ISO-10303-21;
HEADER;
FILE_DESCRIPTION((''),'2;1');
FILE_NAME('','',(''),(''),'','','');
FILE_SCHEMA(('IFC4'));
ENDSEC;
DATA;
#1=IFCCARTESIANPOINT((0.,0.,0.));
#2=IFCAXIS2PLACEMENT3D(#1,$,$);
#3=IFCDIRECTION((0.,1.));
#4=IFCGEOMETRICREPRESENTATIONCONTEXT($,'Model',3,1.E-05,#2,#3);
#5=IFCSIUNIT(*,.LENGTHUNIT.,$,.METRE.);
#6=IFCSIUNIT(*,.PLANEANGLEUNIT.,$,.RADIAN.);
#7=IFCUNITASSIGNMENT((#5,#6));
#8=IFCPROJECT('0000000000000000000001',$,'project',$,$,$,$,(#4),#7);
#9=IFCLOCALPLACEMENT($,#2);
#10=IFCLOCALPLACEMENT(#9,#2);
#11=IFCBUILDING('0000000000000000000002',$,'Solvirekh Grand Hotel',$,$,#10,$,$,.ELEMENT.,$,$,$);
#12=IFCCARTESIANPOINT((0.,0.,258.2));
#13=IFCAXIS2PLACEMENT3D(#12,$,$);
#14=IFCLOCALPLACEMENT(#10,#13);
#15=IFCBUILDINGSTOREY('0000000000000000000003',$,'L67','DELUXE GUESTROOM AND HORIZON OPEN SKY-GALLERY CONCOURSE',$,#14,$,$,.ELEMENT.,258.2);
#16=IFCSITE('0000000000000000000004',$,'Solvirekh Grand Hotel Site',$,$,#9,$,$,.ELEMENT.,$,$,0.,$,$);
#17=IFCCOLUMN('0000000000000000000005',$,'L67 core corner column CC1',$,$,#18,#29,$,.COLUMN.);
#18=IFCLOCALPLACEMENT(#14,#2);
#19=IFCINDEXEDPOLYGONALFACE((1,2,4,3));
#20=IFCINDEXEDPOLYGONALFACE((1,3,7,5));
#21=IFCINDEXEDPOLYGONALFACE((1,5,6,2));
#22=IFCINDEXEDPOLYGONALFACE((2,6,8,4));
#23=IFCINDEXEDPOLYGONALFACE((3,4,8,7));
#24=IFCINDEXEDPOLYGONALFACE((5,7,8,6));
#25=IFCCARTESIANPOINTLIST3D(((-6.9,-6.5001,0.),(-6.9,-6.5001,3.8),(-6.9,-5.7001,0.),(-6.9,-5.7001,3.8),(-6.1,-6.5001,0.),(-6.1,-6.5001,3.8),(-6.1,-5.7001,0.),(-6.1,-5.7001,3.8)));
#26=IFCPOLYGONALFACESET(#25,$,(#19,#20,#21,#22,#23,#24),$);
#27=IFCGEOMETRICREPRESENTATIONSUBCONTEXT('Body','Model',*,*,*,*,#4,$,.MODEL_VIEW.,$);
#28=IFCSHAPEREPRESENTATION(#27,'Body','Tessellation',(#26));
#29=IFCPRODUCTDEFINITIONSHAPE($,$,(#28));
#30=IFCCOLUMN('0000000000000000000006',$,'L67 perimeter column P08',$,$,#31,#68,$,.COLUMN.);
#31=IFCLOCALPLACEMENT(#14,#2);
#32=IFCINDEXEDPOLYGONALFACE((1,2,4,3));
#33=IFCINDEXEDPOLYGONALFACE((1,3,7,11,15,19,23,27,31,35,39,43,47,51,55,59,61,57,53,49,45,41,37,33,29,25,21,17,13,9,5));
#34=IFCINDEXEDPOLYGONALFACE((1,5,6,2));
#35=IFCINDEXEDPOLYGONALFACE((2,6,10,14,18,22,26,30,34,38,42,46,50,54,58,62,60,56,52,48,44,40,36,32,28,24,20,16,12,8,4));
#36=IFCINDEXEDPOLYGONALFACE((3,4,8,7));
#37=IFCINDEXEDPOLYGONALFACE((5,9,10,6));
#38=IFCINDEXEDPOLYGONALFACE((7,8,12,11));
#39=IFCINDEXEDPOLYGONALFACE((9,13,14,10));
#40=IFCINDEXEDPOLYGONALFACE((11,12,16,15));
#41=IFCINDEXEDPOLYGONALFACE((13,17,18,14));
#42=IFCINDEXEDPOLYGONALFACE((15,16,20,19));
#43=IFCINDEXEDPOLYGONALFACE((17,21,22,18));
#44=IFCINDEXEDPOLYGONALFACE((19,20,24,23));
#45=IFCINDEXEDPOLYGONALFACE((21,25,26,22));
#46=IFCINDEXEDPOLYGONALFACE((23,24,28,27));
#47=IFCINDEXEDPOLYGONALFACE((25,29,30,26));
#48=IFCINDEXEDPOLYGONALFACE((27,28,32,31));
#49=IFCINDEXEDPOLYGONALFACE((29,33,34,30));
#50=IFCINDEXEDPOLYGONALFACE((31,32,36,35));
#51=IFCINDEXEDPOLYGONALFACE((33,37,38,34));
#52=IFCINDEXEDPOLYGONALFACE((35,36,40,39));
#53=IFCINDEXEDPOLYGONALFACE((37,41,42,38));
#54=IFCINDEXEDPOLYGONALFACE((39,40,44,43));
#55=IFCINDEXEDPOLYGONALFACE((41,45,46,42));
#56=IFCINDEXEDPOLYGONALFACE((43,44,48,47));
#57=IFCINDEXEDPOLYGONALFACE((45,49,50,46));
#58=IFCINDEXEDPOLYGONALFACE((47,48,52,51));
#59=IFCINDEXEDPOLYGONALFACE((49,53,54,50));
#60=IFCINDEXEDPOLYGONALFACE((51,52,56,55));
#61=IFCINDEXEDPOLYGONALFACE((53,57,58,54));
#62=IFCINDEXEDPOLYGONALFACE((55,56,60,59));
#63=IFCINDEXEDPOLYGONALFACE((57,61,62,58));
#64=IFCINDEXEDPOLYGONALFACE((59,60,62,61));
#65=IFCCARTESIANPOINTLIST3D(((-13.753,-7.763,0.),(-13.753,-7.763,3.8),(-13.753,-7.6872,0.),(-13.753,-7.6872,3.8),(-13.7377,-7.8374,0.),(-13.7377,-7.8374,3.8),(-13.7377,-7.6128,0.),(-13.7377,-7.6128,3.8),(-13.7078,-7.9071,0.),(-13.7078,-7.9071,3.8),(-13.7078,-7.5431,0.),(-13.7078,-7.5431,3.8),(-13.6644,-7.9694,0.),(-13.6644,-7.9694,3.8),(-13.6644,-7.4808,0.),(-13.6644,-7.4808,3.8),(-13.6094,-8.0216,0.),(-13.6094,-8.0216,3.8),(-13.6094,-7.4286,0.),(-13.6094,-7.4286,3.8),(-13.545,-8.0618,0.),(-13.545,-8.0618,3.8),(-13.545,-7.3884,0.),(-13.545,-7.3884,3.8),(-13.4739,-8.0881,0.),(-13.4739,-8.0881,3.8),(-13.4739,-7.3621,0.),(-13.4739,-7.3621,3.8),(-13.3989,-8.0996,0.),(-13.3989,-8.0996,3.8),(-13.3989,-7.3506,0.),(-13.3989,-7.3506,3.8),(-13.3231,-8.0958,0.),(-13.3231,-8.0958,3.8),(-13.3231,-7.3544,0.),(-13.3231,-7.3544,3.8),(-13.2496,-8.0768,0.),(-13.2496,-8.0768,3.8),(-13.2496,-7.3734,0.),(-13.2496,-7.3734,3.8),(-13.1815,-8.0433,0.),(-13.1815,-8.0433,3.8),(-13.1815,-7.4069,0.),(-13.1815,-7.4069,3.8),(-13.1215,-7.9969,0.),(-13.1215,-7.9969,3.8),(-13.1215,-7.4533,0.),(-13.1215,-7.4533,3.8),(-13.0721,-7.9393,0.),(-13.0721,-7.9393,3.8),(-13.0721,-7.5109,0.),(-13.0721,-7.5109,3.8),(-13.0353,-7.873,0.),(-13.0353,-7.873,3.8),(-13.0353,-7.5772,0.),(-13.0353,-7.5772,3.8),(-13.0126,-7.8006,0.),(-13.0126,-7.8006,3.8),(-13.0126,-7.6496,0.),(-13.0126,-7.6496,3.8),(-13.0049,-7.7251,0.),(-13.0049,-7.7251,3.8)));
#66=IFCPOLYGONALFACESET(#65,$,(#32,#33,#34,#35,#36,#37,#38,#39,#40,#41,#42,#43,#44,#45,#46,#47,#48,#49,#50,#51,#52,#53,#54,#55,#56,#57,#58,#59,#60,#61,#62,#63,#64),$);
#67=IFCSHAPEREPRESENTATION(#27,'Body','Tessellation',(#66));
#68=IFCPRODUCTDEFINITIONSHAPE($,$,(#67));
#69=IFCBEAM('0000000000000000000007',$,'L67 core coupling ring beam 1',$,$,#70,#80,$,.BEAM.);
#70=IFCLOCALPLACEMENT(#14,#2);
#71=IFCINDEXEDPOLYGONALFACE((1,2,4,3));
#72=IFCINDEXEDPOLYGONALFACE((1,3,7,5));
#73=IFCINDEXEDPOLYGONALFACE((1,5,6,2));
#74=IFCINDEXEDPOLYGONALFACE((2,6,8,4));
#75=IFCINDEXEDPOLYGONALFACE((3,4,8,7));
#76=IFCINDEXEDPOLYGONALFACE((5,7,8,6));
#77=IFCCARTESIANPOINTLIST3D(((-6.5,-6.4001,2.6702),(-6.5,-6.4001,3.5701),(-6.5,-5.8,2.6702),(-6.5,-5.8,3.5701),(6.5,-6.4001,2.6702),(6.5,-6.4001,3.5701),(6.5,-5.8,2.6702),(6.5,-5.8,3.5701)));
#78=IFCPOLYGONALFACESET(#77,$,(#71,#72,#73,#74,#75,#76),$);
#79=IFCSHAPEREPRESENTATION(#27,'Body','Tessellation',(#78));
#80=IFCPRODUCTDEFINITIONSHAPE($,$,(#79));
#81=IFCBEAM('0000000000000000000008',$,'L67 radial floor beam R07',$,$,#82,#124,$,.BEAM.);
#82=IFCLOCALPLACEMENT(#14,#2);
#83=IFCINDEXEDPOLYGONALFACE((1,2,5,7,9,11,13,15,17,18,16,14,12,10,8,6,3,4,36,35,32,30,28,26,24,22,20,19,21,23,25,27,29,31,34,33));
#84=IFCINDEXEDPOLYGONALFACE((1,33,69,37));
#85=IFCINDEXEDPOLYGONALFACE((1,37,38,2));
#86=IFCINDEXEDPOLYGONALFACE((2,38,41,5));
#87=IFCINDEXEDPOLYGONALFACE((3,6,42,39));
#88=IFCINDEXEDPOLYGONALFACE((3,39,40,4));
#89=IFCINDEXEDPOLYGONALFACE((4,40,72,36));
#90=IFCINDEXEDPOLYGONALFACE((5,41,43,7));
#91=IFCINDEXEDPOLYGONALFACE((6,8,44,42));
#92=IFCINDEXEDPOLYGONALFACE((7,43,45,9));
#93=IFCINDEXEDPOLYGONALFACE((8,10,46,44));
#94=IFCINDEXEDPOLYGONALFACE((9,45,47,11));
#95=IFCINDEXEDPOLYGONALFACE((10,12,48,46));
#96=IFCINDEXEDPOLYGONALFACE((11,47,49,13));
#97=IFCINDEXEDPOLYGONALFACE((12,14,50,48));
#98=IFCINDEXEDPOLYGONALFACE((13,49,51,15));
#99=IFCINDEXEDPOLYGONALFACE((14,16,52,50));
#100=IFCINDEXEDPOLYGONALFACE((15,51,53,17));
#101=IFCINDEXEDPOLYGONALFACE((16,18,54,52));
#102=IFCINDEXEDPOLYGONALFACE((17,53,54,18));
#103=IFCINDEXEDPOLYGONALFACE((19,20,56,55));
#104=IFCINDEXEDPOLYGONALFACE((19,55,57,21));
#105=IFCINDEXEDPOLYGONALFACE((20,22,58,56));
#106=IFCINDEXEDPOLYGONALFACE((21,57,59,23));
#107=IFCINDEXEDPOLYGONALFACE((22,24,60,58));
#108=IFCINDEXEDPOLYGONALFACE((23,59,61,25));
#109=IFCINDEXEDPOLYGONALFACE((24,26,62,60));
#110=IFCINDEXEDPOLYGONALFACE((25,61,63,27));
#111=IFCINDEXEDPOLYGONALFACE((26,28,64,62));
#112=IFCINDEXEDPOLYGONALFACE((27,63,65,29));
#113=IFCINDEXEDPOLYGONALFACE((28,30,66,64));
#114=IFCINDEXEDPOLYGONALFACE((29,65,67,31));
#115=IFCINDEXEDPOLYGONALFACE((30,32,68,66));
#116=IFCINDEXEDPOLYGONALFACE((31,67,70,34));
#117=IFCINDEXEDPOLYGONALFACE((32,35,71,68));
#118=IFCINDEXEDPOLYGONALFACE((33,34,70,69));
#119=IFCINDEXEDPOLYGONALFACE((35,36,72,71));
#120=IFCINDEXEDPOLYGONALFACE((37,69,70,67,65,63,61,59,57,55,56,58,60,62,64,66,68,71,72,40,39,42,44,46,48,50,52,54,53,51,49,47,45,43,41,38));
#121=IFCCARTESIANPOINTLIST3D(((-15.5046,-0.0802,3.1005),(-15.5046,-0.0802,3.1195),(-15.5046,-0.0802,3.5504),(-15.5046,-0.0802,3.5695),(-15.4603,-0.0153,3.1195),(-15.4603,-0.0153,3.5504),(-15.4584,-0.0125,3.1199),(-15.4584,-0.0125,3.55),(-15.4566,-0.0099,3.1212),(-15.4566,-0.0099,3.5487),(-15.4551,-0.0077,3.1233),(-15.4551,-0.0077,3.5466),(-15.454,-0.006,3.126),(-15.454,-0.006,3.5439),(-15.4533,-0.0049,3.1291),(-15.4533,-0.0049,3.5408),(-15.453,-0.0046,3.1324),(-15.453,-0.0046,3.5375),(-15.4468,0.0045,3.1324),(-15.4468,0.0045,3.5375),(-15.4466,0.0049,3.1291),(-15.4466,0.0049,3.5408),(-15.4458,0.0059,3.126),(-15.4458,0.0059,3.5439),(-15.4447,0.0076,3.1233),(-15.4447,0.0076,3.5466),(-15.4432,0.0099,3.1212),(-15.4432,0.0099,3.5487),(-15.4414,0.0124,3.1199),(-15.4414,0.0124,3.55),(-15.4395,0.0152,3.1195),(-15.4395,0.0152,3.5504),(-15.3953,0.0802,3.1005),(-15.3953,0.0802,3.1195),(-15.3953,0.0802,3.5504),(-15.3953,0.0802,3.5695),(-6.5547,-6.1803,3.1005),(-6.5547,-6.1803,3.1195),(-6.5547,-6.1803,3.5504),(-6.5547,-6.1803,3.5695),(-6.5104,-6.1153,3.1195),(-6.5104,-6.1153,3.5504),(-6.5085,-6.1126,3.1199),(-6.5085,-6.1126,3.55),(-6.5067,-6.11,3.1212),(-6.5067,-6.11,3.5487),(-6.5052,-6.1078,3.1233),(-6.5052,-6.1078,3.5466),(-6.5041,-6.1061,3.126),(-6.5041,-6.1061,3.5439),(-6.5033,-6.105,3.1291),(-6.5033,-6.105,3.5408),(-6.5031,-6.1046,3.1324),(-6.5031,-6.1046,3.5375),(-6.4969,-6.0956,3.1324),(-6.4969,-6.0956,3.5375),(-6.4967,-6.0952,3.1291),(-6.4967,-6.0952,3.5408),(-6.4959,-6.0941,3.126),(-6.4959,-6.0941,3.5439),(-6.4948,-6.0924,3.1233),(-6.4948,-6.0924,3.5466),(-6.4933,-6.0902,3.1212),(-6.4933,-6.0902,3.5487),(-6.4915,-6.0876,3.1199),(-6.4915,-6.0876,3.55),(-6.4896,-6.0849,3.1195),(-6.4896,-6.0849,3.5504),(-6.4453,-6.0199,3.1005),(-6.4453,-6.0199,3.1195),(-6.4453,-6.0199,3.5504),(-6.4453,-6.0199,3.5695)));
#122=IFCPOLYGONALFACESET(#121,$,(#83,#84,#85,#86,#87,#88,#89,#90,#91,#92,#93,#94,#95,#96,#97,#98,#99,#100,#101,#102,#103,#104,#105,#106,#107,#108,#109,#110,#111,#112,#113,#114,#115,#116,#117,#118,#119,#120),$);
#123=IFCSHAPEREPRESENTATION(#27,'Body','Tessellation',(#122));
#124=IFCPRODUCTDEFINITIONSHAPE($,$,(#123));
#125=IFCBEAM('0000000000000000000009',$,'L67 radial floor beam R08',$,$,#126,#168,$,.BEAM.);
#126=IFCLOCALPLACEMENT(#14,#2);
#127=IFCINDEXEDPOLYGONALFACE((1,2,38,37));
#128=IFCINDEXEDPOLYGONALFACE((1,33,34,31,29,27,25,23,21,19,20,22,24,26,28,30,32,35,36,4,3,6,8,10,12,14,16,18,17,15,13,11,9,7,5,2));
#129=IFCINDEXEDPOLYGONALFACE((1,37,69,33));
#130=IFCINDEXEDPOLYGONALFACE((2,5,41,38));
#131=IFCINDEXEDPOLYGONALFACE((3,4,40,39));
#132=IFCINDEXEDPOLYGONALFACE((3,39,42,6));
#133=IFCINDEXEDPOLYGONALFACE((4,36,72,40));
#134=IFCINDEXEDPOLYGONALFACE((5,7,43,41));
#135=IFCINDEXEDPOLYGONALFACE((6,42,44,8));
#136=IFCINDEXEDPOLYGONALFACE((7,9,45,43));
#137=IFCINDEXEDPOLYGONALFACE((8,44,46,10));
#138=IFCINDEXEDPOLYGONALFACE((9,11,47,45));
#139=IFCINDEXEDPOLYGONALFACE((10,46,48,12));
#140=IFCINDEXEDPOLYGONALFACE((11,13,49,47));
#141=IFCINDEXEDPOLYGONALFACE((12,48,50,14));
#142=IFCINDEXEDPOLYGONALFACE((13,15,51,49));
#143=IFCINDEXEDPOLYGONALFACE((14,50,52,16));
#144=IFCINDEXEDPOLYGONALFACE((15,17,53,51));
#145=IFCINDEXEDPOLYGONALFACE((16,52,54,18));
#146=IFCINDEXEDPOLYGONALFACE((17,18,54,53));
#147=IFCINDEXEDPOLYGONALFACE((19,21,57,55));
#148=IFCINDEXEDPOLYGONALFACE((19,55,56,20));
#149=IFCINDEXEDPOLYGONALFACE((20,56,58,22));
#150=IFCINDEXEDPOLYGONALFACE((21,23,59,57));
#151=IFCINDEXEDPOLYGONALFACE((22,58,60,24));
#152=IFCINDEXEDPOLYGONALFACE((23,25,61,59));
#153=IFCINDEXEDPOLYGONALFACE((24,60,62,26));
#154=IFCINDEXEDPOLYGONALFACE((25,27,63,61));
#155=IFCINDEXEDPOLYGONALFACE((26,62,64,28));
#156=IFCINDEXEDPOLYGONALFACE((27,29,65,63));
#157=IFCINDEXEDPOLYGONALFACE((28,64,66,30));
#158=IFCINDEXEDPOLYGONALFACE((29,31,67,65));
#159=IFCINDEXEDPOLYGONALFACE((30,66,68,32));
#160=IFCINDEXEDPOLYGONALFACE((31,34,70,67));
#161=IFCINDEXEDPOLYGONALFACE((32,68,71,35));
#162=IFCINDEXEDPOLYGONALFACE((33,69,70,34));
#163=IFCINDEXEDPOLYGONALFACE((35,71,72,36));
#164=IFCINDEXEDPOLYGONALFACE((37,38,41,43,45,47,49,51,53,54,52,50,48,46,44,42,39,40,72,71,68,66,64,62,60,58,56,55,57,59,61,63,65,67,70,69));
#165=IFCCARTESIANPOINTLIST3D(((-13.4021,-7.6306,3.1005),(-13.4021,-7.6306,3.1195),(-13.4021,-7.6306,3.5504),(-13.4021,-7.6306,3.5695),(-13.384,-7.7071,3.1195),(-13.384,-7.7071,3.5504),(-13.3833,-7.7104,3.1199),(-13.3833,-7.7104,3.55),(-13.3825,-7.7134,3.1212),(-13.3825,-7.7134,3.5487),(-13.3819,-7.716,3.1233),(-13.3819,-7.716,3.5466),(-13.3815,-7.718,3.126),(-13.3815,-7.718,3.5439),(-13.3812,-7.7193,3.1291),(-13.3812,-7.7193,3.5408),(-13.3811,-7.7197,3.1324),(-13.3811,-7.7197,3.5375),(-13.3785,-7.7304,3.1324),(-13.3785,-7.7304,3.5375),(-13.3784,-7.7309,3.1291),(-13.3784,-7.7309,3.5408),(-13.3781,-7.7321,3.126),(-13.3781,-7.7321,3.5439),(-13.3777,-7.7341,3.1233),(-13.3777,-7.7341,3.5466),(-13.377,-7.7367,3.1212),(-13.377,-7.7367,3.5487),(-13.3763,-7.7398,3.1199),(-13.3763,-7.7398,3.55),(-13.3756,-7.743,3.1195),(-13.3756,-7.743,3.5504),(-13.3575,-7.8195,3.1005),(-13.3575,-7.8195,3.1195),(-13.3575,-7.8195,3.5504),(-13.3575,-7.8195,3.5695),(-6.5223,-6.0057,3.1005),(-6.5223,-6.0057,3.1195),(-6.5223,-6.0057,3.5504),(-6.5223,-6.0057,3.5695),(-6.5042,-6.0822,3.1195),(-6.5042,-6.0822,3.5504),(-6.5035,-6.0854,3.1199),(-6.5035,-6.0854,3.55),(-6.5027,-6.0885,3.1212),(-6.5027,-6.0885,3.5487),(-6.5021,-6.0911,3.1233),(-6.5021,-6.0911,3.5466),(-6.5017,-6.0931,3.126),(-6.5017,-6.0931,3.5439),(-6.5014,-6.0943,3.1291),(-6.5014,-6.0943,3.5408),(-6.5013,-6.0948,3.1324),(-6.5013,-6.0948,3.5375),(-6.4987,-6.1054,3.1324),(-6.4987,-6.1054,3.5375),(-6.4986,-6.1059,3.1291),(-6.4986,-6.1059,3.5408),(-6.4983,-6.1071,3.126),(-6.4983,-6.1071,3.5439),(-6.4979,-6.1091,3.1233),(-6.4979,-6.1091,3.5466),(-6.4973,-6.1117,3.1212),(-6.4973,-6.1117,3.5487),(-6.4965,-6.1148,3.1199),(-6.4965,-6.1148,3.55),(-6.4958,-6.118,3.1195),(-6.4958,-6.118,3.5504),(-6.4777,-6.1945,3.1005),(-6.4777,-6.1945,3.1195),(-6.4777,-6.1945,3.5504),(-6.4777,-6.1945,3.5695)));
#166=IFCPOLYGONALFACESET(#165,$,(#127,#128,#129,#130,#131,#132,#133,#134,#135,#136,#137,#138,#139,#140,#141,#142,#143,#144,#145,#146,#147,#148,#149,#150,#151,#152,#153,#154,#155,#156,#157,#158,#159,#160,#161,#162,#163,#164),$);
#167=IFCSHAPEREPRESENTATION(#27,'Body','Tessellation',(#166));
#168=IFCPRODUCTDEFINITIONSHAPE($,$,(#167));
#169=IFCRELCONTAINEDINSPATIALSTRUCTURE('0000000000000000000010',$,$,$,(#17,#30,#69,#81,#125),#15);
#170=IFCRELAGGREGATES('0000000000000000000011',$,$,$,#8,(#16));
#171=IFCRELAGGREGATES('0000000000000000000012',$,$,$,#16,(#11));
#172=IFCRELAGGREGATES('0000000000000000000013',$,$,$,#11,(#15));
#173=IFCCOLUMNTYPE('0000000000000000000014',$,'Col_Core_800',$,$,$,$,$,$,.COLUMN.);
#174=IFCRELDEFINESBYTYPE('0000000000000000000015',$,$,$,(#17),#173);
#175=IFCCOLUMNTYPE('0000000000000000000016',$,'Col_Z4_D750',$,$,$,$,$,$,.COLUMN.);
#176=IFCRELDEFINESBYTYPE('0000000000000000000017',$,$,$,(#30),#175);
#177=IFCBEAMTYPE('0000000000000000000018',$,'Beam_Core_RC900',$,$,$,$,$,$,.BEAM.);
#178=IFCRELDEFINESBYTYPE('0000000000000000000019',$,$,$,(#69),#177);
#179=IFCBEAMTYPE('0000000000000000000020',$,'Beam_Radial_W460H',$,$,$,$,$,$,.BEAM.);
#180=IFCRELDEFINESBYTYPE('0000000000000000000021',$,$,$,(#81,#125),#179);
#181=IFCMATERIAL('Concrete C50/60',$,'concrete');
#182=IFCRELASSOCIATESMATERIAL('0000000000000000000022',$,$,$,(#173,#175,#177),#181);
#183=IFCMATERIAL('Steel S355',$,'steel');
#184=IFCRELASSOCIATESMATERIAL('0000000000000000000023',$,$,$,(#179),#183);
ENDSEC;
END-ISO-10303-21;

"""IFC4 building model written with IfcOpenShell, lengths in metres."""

from ifc_helpers import new_model, si_unit, direction, frame, origin, origin_2d, place, context, subcontext, project, spatial, rectangle, circle, i_section, extrude, material, material_profile, profile_set, type_object, element, save


model = new_model("IFC4")

# Units and contexts
model_context = context("Model", 3, precision=1e-05, world=origin(), true_north=direction((0.0, 1.0)))
body_context = subcontext(model_context, "Body", "Model", "MODEL_VIEW")
ifc_project = project(units=[si_unit("LENGTHUNIT", "METRE"), si_unit("PLANEANGLEUNIT", "RADIAN")], contexts=[model_context])

# Site, building, storey
site_placement = place(None, origin())
site = spatial("IfcSite", under=ifc_project, at=site_placement, Name="Solvirekh Grand Hotel Site", CompositionType="ELEMENT", RefElevation=0.0)
building_placement = place(site_placement, origin())
building = spatial("IfcBuilding", under=site, at=building_placement, Name="Solvirekh Grand Hotel", CompositionType="ELEMENT")
storey_placement = place(building_placement, frame((0.0, 0.0, 258.2)))
storey = spatial("IfcBuildingStorey", under=building, at=storey_placement, Name="L67", Description="DELUXE GUESTROOM AND HORIZON OPEN SKY-GALLERY CONCOURSE", CompositionType="ELEMENT", Elevation=258.2)

# Columns
ifc_material_1 = material(Name="Concrete C50/60", Category="concrete")
ifc_material_profile_1 = material_profile(ifc_material_1, rectangle(XDim=0.8, YDim=0.8, at=origin_2d()), Name="RC 800X800")
ifc_profile_set_1 = profile_set([ifc_material_profile_1], Name="Concrete C50/60")
column_type_1 = type_object("IfcColumnType", Name="Col_Core_800", PredefinedType="COLUMN", material=ifc_profile_set_1)
column_1_placement = place(storey_placement, frame((-6.5, -6.1001, 0.0), z_axis=(0.0, 0.0, 1.0), x_axis=(1.0, 0.0, 0.0)))
element("IfcColumn", 1, at=column_1_placement, inside=storey, type_object=column_type_1, Name="L67 core corner column CC1", PredefinedType="COLUMN", context=body_context, shape_type="SweptSolid", body=[
    extrude(rectangle(XDim=0.8, YDim=0.8, at=origin_2d()), origin(), (0.0, 0.0, 1.0), 3.8),
])
ifc_material_profile_2 = material_profile(ifc_material_1, circle(Radius=0.375, at=origin_2d()), Name="RC CIRC D750")
ifc_profile_set_2 = profile_set([ifc_material_profile_2], Name="Concrete C50/60")
column_type_2 = type_object("IfcColumnType", Name="Col_Z4_D750", PredefinedType="COLUMN", material=ifc_profile_set_2)
column_2_placement = place(storey_placement, frame((-13.3799, -7.7251, 0.0), z_axis=(0.0, 0.0, 1.0), x_axis=(1.0, 0.0, 0.0)))
element("IfcColumn", 2, at=column_2_placement, inside=storey, type_object=column_type_2, Name="L67 perimeter column P08", PredefinedType="COLUMN", context=body_context, shape_type="SweptSolid", body=[
    extrude(circle(Radius=0.375, at=origin_2d()), origin(), (0.0, 0.0, 1.0), 3.8),
])

# Beams
ifc_material_profile_3 = material_profile(ifc_material_1, rectangle(XDim=0.6001, YDim=0.8999, at=origin_2d()), Name="RC BEAM 600X900")
ifc_profile_set_3 = profile_set([ifc_material_profile_3], Name="Concrete C50/60")
beam_type_1 = type_object("IfcBeamType", Name="Beam_Core_RC900", PredefinedType="BEAM", material=ifc_profile_set_3)
beam_1_placement = place(storey_placement, frame((-6.5, -6.1001, 3.1201), z_axis=(1.0, 0.0, 0.0), x_axis=(0.0, 1.0, 0.0)))
element("IfcBeam", 3, at=beam_1_placement, inside=storey, type_object=beam_type_1, Name="L67 core coupling ring beam 1", PredefinedType="BEAM", context=body_context, shape_type="SweptSolid", body=[
    extrude(rectangle(XDim=0.6001, YDim=0.8999, at=origin_2d()), origin(), (0.0, 0.0, 1.0), 13.0),
])
ifc_material_2 = material(Name="Steel S355", Category="steel")
ifc_material_profile_4 = material_profile(ifc_material_2, i_section(OverallWidth=0.1941, OverallDepth=0.469, WebThickness=0.011, FlangeThickness=0.019, FilletRadius=0.0129, at=origin_2d()), Name="W460X106")
ifc_profile_set_4 = profile_set([ifc_material_profile_4], Name="Steel S355")
beam_type_2 = type_object("IfcBeamType", Name="Beam_Radial_W460H", PredefinedType="BEAM", material=ifc_profile_set_4)
beam_2_placement = place(storey_placement, frame((-6.5, -6.1001, 3.335), z_axis=(-0.826319, 0.563202, 0.0), x_axis=(-0.563202, -0.826319, 0.0)))
element("IfcBeam", 4, at=beam_2_placement, inside=storey, type_object=beam_type_2, Name="L67 radial floor beam R07", PredefinedType="BEAM", context=body_context, shape_type="SweptSolid", body=[
    extrude(i_section(OverallWidth=0.1941, OverallDepth=0.469, WebThickness=0.011, FlangeThickness=0.019, FilletRadius=0.0129, at=origin_2d()), origin(), (0.0, 0.0, 1.0), 10.8311),
])
beam_3_placement = place(storey_placement, frame((-6.5, -6.1001, 3.335), z_axis=(-0.973221, -0.229871, 0.0), x_axis=(0.229871, -0.973221, 0.0)))
element("IfcBeam", 5, at=beam_3_placement, inside=storey, type_object=beam_type_2, Name="L67 radial floor beam R08", PredefinedType="BEAM", context=body_context, shape_type="SweptSolid", body=[
    extrude(i_section(OverallWidth=0.1941, OverallDepth=0.469, WebThickness=0.011, FlangeThickness=0.019, FilletRadius=0.0129, at=origin_2d()), origin(), (0.0, 0.0, 1.0), 7.0691),
])

save(model, "model.ifc")
